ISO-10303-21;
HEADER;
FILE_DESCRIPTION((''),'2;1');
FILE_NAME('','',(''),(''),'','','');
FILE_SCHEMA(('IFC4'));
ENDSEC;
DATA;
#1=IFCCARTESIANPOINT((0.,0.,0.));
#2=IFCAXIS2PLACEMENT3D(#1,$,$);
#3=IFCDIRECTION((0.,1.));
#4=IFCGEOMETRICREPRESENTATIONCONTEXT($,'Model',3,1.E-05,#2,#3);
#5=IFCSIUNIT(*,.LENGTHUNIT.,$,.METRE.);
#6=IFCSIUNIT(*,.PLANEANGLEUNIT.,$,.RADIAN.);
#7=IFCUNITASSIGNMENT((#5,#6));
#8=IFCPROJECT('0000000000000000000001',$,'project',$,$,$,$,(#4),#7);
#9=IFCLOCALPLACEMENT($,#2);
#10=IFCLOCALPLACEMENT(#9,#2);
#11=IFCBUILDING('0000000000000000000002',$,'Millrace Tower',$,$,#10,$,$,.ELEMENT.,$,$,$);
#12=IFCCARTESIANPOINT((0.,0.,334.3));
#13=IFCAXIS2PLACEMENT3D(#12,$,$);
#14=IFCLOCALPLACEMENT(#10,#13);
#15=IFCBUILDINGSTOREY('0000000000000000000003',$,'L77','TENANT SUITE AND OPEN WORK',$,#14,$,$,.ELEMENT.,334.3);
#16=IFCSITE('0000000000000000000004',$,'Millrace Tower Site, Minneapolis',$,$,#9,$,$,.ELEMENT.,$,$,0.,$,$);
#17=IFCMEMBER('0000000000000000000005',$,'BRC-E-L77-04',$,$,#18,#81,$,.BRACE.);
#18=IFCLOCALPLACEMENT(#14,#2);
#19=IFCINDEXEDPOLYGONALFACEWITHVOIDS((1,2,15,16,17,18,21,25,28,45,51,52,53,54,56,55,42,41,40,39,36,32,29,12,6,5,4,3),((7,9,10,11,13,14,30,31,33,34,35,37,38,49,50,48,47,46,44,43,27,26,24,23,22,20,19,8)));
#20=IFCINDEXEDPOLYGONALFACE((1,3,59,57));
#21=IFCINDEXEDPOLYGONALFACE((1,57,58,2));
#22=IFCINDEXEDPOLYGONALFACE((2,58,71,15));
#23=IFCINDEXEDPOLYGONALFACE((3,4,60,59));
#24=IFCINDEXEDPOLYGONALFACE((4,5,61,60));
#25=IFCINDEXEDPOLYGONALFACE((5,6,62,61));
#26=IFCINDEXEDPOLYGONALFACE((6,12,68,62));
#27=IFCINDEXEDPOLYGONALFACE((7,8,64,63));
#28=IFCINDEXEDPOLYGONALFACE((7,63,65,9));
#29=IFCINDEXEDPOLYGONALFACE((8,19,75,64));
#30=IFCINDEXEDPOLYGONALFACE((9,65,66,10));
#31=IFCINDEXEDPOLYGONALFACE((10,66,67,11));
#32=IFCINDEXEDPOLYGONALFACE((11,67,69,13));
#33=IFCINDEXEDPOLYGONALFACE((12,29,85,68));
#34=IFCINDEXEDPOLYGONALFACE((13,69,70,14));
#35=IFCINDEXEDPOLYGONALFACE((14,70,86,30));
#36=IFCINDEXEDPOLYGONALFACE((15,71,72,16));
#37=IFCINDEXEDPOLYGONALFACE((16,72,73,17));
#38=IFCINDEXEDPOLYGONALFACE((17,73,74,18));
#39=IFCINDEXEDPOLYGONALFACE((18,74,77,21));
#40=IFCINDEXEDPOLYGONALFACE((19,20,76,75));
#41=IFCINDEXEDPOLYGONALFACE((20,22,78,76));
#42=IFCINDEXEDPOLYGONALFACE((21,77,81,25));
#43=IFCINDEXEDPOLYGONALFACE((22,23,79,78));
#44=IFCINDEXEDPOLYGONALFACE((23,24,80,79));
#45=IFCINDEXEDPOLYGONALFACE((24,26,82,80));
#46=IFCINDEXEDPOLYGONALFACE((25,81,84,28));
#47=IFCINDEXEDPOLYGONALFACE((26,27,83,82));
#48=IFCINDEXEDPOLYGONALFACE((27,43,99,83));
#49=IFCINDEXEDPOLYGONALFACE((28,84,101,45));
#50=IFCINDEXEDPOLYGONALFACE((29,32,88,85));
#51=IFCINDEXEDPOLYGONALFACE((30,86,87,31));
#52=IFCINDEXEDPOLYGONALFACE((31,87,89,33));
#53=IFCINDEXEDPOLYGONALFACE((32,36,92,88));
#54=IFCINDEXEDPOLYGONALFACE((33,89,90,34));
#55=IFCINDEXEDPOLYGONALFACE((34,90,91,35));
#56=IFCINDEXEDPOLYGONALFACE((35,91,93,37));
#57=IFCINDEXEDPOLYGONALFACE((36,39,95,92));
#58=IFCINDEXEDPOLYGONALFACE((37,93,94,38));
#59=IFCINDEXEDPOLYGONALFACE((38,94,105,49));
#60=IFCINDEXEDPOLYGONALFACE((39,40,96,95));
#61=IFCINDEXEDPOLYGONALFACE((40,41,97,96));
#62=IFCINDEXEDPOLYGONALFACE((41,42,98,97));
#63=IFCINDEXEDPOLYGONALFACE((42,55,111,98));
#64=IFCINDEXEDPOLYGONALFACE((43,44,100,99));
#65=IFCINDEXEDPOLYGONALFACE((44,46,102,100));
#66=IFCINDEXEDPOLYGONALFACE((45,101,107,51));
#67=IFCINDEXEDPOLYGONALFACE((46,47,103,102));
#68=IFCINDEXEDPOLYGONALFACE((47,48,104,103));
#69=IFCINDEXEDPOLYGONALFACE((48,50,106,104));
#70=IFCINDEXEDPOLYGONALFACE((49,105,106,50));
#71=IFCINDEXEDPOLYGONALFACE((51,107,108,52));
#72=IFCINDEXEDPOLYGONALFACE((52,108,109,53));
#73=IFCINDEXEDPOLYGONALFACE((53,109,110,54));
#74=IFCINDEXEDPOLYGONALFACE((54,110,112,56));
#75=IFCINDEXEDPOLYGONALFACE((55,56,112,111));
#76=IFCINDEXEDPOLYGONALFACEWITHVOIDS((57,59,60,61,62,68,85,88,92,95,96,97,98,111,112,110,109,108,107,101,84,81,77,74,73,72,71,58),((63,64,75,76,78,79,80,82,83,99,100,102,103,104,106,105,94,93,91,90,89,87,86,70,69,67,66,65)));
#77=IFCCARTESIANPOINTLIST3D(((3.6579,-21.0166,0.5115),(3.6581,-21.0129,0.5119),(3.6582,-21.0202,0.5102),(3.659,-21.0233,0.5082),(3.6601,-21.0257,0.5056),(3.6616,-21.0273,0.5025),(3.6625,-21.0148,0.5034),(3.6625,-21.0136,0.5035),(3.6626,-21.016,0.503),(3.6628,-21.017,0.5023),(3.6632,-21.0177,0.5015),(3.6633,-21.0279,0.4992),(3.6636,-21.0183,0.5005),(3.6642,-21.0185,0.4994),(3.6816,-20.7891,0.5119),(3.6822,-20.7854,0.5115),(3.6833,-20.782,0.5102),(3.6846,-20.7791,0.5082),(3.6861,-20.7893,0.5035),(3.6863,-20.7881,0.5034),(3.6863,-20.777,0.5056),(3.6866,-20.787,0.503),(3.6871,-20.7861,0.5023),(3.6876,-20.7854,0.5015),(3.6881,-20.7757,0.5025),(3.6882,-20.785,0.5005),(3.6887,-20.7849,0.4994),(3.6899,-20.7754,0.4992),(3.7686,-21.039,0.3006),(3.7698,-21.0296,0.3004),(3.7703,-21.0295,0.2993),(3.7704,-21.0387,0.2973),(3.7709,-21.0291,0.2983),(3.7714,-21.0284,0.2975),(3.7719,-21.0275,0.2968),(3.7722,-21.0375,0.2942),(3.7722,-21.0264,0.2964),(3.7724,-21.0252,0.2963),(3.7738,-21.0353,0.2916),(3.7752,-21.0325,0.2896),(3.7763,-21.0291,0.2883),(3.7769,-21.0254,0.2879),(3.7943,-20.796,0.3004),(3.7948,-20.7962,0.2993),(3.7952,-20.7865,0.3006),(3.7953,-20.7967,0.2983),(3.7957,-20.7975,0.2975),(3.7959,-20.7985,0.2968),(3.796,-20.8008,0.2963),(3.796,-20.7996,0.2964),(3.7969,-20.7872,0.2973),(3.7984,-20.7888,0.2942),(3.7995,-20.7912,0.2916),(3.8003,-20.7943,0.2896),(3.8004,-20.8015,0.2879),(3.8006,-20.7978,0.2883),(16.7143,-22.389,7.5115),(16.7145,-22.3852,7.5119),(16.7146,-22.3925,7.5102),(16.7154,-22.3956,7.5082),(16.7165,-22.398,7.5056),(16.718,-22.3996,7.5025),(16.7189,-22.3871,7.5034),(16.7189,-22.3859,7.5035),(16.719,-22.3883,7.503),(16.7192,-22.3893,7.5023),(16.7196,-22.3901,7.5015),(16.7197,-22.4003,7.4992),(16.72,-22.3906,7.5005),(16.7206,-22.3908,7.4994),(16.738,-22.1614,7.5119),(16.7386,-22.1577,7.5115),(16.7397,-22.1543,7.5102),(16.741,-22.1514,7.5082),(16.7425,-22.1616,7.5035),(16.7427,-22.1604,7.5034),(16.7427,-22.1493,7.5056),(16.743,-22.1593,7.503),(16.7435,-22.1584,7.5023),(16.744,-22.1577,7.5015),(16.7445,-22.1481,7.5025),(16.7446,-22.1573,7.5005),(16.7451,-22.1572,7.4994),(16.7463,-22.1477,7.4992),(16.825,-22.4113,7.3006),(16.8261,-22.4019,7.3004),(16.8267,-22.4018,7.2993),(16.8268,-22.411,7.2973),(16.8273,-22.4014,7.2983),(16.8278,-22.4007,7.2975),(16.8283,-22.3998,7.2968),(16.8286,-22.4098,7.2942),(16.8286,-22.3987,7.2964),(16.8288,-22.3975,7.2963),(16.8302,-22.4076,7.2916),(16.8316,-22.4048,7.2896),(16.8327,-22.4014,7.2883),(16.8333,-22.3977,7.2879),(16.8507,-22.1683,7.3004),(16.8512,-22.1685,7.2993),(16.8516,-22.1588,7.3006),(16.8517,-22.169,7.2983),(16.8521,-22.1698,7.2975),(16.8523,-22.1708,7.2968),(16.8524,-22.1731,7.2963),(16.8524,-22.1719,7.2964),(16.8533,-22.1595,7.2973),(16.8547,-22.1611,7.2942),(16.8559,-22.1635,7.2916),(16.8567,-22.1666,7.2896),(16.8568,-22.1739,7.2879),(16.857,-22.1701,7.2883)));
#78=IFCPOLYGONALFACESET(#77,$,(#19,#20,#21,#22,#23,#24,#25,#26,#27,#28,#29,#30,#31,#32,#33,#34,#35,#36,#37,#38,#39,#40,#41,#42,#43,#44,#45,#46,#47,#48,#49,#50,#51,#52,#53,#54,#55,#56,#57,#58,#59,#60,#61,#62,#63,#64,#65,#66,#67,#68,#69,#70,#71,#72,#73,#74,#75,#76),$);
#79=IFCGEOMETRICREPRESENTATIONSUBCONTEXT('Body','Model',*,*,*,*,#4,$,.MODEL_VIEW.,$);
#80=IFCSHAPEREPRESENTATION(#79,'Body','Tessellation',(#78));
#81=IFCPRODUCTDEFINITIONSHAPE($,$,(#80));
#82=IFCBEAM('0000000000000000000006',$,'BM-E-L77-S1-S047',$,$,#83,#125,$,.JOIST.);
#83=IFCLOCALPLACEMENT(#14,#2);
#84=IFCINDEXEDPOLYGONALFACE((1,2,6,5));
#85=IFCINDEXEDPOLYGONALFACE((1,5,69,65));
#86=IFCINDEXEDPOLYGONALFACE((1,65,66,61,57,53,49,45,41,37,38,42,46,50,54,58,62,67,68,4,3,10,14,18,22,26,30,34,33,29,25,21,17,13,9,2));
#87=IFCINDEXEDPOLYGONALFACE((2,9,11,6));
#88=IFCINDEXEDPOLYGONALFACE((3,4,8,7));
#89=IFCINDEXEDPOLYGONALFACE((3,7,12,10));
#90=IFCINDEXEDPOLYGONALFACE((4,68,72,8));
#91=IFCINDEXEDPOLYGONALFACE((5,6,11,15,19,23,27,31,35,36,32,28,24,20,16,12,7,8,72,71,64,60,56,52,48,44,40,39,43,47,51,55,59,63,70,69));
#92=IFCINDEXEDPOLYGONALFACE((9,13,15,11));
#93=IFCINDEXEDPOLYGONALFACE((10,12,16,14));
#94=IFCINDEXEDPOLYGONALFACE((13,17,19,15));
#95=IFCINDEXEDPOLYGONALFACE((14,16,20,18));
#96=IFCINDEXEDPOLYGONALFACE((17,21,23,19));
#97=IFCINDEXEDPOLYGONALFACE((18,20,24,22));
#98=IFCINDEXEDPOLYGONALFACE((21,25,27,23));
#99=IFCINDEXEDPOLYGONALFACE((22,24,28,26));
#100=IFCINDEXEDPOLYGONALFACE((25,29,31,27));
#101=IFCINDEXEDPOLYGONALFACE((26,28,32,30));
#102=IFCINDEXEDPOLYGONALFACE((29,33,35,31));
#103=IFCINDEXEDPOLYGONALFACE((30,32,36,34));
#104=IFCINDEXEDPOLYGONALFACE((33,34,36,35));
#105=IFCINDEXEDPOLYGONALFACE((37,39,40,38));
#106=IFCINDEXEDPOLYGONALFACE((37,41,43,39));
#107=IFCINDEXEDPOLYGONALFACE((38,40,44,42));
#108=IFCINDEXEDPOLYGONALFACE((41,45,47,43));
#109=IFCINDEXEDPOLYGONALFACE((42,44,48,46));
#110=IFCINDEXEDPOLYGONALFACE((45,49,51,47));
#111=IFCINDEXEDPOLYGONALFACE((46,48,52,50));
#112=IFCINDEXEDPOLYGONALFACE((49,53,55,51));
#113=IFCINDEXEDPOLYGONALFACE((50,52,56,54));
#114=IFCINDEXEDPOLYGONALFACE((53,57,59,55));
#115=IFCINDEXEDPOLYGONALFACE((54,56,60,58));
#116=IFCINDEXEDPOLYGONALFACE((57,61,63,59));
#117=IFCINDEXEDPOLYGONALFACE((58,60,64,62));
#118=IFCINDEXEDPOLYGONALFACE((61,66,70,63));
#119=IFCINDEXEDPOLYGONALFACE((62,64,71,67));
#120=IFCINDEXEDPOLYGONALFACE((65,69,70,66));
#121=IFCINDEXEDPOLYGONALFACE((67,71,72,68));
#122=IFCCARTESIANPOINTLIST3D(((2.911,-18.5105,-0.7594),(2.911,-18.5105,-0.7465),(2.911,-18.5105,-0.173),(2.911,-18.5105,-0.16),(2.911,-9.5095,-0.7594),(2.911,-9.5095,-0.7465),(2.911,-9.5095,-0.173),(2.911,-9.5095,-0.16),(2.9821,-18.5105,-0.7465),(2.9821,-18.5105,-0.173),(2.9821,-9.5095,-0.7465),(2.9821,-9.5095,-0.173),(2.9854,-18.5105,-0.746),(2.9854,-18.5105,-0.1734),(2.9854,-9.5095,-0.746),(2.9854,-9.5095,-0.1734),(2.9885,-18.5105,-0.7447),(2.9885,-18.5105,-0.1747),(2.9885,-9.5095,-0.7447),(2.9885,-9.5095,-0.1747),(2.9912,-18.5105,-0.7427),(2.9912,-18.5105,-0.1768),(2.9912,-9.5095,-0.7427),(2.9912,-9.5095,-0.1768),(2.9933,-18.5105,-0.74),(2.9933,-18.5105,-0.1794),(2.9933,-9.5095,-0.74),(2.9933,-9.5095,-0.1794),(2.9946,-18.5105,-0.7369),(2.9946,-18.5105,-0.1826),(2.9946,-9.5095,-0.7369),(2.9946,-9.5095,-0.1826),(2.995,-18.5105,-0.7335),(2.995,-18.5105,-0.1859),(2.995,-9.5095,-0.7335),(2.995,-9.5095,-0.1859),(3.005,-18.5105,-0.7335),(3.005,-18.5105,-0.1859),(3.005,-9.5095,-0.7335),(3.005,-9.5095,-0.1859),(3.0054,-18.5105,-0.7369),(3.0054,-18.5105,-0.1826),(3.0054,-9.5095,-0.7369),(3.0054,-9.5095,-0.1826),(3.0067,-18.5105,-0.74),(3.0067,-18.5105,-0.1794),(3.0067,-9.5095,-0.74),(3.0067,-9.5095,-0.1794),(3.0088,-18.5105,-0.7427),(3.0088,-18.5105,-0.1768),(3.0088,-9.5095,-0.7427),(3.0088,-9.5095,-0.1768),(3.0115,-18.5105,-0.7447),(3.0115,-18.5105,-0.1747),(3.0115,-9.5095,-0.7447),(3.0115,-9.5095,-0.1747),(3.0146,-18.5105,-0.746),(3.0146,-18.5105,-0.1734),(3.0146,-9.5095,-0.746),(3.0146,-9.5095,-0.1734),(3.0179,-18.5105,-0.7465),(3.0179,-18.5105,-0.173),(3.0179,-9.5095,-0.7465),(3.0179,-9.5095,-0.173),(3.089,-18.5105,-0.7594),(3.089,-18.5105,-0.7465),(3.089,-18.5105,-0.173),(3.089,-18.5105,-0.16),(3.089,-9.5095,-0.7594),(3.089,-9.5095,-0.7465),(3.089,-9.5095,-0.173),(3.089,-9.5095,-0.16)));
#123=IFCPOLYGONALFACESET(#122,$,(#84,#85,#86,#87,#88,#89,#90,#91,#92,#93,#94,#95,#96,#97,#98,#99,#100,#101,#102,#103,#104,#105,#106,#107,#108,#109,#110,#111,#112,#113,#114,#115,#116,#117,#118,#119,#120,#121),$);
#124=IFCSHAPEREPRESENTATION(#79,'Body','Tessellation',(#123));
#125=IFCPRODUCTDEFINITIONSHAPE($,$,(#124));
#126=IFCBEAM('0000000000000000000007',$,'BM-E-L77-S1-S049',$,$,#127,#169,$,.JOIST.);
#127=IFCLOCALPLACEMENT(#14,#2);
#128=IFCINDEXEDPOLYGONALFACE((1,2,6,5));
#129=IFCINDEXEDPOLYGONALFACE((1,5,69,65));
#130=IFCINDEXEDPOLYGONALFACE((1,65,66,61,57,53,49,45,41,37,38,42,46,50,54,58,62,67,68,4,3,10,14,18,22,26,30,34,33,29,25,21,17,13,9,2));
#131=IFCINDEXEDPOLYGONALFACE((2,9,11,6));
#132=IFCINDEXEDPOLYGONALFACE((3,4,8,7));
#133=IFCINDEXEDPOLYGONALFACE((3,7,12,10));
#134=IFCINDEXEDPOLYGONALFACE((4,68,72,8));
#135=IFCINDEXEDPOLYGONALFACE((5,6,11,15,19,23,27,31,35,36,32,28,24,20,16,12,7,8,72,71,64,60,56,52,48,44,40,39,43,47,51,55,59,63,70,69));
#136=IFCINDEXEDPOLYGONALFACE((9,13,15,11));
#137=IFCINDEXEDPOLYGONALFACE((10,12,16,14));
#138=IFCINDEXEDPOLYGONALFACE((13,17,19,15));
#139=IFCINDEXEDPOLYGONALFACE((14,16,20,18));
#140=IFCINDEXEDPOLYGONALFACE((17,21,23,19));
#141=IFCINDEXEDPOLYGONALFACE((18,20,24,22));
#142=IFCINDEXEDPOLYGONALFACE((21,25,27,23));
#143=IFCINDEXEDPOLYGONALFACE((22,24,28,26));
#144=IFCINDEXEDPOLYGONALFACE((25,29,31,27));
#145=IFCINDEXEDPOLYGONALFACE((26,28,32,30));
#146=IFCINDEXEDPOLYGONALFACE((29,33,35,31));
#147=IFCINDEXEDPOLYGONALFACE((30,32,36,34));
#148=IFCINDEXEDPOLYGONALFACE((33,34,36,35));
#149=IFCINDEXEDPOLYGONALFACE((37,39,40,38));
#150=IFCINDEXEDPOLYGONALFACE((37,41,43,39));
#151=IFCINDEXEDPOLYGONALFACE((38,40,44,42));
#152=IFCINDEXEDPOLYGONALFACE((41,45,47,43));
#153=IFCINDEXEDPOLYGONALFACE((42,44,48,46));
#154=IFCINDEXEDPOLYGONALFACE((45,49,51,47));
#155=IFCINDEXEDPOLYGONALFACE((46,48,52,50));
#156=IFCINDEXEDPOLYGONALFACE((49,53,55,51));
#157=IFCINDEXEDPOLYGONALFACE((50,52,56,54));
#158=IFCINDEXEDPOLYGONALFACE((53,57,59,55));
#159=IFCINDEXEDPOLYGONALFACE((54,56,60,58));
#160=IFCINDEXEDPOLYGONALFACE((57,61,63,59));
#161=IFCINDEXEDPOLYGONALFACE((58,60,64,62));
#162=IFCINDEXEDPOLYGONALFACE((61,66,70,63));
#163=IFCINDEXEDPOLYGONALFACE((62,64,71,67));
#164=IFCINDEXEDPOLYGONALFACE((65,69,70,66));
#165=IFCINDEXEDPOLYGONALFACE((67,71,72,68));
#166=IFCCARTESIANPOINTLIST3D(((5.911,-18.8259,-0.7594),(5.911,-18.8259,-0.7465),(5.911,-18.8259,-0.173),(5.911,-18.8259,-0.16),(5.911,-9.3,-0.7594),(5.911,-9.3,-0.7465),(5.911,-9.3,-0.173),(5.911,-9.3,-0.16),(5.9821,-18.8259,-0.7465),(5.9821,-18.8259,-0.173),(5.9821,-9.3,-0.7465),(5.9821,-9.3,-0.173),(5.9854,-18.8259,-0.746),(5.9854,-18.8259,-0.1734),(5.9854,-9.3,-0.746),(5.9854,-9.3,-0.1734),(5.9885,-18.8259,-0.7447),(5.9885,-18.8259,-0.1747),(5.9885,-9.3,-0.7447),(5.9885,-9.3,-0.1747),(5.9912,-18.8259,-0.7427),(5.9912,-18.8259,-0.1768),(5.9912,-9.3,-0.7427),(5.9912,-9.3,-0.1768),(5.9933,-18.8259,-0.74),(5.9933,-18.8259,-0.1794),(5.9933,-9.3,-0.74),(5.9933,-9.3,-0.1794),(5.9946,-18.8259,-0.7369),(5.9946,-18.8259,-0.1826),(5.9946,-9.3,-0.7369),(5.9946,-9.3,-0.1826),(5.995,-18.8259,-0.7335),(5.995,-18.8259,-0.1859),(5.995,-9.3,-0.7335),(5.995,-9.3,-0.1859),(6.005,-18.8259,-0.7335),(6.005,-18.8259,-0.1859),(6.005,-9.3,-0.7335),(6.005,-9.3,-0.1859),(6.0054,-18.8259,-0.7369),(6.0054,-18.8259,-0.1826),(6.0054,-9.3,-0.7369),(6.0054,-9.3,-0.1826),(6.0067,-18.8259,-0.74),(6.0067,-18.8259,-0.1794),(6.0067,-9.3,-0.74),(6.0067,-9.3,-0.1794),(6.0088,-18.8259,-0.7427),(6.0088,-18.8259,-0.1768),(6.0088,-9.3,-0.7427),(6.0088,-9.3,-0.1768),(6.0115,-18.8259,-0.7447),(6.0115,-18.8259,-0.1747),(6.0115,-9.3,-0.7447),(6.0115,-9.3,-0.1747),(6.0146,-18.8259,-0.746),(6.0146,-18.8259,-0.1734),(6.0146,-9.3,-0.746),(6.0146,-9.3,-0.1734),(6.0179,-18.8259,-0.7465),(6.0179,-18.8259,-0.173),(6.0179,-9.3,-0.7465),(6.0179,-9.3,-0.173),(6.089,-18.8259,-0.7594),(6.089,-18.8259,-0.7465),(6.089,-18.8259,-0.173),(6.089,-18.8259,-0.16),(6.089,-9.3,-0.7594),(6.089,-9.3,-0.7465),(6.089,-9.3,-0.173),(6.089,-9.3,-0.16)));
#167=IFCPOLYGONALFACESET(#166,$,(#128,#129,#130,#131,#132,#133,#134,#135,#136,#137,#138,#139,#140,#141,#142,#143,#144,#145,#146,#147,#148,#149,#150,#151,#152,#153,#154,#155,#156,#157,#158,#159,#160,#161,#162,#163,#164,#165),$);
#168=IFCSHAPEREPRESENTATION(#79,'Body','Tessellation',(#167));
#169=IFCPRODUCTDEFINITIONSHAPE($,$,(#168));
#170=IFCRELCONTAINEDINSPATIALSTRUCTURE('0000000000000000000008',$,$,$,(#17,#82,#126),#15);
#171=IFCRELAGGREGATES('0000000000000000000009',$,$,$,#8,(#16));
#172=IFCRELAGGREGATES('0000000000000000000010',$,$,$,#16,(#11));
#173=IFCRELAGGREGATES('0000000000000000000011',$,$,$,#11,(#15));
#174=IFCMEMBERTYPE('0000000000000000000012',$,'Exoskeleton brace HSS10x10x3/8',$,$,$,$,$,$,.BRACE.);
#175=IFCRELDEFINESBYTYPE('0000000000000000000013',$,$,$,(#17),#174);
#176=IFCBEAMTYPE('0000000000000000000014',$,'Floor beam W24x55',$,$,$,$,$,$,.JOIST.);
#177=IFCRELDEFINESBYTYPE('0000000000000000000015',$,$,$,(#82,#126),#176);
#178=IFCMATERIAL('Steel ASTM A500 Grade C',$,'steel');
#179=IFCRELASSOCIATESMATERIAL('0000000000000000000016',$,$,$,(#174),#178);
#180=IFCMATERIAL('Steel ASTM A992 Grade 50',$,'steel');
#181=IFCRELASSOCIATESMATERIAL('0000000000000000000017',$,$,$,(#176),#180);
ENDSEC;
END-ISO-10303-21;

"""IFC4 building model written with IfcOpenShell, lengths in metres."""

from ifc_helpers import new_model, si_unit, direction, frame, origin, origin_2d, place, context, subcontext, project, spatial, hollow_rectangle, i_section, extrude, material, material_profile, profile_set, type_object, element, save


model = new_model("IFC4")

# Units and contexts
model_context = context("Model", 3, precision=1e-05, world=origin(), true_north=direction((0.0, 1.0)))
body_context = subcontext(model_context, "Body", "Model", "MODEL_VIEW")
ifc_project = project(units=[si_unit("LENGTHUNIT", "METRE"), si_unit("PLANEANGLEUNIT", "RADIAN")], contexts=[model_context])

# Site, building, storey
site_placement = place(None, origin())
site = spatial("IfcSite", under=ifc_project, at=site_placement, Name="Millrace Tower Site, Minneapolis", CompositionType="ELEMENT", RefElevation=0.0)
building_placement = place(site_placement, origin())
building = spatial("IfcBuilding", under=site, at=building_placement, Name="Millrace Tower", CompositionType="ELEMENT")
storey_placement = place(building_placement, frame((0.0, 0.0, 334.3)))
storey = spatial("IfcBuildingStorey", under=building, at=storey_placement, Name="L77", Description="TENANT SUITE AND OPEN WORK", CompositionType="ELEMENT", Elevation=334.3)

# Member
ifc_material_1 = material(Name="Steel ASTM A500 Grade C", Category="steel")
ifc_material_profile_1 = material_profile(ifc_material_1, hollow_rectangle(XDim=0.2539, YDim=0.2539, WallThickness=0.0095, InnerFilletRadius=0.0046, OuterFilletRadius=0.0144, at=origin_2d()))
ifc_profile_set_1 = profile_set([ifc_material_profile_1], Name="Steel ASTM A500 Grade C")
member_type_1 = type_object("IfcMemberType", Name="Exoskeleton brace HSS10x10x3/8", PredefinedType="BRACE", material=ifc_profile_set_1)
member_1_placement = place(storey_placement, frame((3.7292, -20.9072, 0.3999), z_axis=(0.877568, -0.092238, 0.470496), x_axis=(0.104531, 0.994522, 0.0)))
element("IfcMember", 1, at=member_1_placement, inside=storey, type_object=member_type_1, Name="BRC-E-L77-04", PredefinedType="BRACE", context=body_context, shape_type="SweptSolid", body=[
    extrude(hollow_rectangle(XDim=0.2539, YDim=0.2539, WallThickness=0.0095, InnerFilletRadius=0.0046, OuterFilletRadius=0.0144, at=origin_2d()), origin(), (0.0, 0.0, 1.0), 14.8779),
])

# Beams
ifc_material_2 = material(Name="Steel ASTM A992 Grade 50", Category="steel")
ifc_material_profile_2 = material_profile(ifc_material_2, i_section(OverallWidth=0.178, OverallDepth=0.5994, WebThickness=0.01, FlangeThickness=0.0129, FilletRadius=0.0129, at=origin_2d()))
ifc_profile_set_2 = profile_set([ifc_material_profile_2], Name="Steel ASTM A992 Grade 50")
beam_type_1 = type_object("IfcBeamType", Name="Floor beam W24x55", PredefinedType="JOIST", material=ifc_profile_set_2)
beam_1_placement = place(storey_placement, frame((3.0, -18.5105, -0.4597), z_axis=(0.0, 1.0, 0.0), x_axis=(-1.0, 0.0, 0.0)))
element("IfcBeam", 2, at=beam_1_placement, inside=storey, type_object=beam_type_1, Name="BM-E-L77-S1-S047", PredefinedType="JOIST", context=body_context, shape_type="SweptSolid", body=[
    extrude(i_section(OverallWidth=0.178, OverallDepth=0.5994, WebThickness=0.01, FlangeThickness=0.0129, FilletRadius=0.0129, at=origin_2d()), origin(), (0.0, 0.0, 1.0), 9.001),
])
beam_2_placement = place(storey_placement, frame((6.0, -18.8259, -0.4597), z_axis=(0.0, 1.0, 0.0), x_axis=(-1.0, 0.0, 0.0)))
element("IfcBeam", 3, at=beam_2_placement, inside=storey, type_object=beam_type_1, Name="BM-E-L77-S1-S049", PredefinedType="JOIST", context=body_context, shape_type="SweptSolid", body=[
    extrude(i_section(OverallWidth=0.178, OverallDepth=0.5994, WebThickness=0.01, FlangeThickness=0.0129, FilletRadius=0.0129, at=origin_2d()), origin(), (0.0, 0.0, 1.0), 9.5259),
])

save(model, "model.ifc")
